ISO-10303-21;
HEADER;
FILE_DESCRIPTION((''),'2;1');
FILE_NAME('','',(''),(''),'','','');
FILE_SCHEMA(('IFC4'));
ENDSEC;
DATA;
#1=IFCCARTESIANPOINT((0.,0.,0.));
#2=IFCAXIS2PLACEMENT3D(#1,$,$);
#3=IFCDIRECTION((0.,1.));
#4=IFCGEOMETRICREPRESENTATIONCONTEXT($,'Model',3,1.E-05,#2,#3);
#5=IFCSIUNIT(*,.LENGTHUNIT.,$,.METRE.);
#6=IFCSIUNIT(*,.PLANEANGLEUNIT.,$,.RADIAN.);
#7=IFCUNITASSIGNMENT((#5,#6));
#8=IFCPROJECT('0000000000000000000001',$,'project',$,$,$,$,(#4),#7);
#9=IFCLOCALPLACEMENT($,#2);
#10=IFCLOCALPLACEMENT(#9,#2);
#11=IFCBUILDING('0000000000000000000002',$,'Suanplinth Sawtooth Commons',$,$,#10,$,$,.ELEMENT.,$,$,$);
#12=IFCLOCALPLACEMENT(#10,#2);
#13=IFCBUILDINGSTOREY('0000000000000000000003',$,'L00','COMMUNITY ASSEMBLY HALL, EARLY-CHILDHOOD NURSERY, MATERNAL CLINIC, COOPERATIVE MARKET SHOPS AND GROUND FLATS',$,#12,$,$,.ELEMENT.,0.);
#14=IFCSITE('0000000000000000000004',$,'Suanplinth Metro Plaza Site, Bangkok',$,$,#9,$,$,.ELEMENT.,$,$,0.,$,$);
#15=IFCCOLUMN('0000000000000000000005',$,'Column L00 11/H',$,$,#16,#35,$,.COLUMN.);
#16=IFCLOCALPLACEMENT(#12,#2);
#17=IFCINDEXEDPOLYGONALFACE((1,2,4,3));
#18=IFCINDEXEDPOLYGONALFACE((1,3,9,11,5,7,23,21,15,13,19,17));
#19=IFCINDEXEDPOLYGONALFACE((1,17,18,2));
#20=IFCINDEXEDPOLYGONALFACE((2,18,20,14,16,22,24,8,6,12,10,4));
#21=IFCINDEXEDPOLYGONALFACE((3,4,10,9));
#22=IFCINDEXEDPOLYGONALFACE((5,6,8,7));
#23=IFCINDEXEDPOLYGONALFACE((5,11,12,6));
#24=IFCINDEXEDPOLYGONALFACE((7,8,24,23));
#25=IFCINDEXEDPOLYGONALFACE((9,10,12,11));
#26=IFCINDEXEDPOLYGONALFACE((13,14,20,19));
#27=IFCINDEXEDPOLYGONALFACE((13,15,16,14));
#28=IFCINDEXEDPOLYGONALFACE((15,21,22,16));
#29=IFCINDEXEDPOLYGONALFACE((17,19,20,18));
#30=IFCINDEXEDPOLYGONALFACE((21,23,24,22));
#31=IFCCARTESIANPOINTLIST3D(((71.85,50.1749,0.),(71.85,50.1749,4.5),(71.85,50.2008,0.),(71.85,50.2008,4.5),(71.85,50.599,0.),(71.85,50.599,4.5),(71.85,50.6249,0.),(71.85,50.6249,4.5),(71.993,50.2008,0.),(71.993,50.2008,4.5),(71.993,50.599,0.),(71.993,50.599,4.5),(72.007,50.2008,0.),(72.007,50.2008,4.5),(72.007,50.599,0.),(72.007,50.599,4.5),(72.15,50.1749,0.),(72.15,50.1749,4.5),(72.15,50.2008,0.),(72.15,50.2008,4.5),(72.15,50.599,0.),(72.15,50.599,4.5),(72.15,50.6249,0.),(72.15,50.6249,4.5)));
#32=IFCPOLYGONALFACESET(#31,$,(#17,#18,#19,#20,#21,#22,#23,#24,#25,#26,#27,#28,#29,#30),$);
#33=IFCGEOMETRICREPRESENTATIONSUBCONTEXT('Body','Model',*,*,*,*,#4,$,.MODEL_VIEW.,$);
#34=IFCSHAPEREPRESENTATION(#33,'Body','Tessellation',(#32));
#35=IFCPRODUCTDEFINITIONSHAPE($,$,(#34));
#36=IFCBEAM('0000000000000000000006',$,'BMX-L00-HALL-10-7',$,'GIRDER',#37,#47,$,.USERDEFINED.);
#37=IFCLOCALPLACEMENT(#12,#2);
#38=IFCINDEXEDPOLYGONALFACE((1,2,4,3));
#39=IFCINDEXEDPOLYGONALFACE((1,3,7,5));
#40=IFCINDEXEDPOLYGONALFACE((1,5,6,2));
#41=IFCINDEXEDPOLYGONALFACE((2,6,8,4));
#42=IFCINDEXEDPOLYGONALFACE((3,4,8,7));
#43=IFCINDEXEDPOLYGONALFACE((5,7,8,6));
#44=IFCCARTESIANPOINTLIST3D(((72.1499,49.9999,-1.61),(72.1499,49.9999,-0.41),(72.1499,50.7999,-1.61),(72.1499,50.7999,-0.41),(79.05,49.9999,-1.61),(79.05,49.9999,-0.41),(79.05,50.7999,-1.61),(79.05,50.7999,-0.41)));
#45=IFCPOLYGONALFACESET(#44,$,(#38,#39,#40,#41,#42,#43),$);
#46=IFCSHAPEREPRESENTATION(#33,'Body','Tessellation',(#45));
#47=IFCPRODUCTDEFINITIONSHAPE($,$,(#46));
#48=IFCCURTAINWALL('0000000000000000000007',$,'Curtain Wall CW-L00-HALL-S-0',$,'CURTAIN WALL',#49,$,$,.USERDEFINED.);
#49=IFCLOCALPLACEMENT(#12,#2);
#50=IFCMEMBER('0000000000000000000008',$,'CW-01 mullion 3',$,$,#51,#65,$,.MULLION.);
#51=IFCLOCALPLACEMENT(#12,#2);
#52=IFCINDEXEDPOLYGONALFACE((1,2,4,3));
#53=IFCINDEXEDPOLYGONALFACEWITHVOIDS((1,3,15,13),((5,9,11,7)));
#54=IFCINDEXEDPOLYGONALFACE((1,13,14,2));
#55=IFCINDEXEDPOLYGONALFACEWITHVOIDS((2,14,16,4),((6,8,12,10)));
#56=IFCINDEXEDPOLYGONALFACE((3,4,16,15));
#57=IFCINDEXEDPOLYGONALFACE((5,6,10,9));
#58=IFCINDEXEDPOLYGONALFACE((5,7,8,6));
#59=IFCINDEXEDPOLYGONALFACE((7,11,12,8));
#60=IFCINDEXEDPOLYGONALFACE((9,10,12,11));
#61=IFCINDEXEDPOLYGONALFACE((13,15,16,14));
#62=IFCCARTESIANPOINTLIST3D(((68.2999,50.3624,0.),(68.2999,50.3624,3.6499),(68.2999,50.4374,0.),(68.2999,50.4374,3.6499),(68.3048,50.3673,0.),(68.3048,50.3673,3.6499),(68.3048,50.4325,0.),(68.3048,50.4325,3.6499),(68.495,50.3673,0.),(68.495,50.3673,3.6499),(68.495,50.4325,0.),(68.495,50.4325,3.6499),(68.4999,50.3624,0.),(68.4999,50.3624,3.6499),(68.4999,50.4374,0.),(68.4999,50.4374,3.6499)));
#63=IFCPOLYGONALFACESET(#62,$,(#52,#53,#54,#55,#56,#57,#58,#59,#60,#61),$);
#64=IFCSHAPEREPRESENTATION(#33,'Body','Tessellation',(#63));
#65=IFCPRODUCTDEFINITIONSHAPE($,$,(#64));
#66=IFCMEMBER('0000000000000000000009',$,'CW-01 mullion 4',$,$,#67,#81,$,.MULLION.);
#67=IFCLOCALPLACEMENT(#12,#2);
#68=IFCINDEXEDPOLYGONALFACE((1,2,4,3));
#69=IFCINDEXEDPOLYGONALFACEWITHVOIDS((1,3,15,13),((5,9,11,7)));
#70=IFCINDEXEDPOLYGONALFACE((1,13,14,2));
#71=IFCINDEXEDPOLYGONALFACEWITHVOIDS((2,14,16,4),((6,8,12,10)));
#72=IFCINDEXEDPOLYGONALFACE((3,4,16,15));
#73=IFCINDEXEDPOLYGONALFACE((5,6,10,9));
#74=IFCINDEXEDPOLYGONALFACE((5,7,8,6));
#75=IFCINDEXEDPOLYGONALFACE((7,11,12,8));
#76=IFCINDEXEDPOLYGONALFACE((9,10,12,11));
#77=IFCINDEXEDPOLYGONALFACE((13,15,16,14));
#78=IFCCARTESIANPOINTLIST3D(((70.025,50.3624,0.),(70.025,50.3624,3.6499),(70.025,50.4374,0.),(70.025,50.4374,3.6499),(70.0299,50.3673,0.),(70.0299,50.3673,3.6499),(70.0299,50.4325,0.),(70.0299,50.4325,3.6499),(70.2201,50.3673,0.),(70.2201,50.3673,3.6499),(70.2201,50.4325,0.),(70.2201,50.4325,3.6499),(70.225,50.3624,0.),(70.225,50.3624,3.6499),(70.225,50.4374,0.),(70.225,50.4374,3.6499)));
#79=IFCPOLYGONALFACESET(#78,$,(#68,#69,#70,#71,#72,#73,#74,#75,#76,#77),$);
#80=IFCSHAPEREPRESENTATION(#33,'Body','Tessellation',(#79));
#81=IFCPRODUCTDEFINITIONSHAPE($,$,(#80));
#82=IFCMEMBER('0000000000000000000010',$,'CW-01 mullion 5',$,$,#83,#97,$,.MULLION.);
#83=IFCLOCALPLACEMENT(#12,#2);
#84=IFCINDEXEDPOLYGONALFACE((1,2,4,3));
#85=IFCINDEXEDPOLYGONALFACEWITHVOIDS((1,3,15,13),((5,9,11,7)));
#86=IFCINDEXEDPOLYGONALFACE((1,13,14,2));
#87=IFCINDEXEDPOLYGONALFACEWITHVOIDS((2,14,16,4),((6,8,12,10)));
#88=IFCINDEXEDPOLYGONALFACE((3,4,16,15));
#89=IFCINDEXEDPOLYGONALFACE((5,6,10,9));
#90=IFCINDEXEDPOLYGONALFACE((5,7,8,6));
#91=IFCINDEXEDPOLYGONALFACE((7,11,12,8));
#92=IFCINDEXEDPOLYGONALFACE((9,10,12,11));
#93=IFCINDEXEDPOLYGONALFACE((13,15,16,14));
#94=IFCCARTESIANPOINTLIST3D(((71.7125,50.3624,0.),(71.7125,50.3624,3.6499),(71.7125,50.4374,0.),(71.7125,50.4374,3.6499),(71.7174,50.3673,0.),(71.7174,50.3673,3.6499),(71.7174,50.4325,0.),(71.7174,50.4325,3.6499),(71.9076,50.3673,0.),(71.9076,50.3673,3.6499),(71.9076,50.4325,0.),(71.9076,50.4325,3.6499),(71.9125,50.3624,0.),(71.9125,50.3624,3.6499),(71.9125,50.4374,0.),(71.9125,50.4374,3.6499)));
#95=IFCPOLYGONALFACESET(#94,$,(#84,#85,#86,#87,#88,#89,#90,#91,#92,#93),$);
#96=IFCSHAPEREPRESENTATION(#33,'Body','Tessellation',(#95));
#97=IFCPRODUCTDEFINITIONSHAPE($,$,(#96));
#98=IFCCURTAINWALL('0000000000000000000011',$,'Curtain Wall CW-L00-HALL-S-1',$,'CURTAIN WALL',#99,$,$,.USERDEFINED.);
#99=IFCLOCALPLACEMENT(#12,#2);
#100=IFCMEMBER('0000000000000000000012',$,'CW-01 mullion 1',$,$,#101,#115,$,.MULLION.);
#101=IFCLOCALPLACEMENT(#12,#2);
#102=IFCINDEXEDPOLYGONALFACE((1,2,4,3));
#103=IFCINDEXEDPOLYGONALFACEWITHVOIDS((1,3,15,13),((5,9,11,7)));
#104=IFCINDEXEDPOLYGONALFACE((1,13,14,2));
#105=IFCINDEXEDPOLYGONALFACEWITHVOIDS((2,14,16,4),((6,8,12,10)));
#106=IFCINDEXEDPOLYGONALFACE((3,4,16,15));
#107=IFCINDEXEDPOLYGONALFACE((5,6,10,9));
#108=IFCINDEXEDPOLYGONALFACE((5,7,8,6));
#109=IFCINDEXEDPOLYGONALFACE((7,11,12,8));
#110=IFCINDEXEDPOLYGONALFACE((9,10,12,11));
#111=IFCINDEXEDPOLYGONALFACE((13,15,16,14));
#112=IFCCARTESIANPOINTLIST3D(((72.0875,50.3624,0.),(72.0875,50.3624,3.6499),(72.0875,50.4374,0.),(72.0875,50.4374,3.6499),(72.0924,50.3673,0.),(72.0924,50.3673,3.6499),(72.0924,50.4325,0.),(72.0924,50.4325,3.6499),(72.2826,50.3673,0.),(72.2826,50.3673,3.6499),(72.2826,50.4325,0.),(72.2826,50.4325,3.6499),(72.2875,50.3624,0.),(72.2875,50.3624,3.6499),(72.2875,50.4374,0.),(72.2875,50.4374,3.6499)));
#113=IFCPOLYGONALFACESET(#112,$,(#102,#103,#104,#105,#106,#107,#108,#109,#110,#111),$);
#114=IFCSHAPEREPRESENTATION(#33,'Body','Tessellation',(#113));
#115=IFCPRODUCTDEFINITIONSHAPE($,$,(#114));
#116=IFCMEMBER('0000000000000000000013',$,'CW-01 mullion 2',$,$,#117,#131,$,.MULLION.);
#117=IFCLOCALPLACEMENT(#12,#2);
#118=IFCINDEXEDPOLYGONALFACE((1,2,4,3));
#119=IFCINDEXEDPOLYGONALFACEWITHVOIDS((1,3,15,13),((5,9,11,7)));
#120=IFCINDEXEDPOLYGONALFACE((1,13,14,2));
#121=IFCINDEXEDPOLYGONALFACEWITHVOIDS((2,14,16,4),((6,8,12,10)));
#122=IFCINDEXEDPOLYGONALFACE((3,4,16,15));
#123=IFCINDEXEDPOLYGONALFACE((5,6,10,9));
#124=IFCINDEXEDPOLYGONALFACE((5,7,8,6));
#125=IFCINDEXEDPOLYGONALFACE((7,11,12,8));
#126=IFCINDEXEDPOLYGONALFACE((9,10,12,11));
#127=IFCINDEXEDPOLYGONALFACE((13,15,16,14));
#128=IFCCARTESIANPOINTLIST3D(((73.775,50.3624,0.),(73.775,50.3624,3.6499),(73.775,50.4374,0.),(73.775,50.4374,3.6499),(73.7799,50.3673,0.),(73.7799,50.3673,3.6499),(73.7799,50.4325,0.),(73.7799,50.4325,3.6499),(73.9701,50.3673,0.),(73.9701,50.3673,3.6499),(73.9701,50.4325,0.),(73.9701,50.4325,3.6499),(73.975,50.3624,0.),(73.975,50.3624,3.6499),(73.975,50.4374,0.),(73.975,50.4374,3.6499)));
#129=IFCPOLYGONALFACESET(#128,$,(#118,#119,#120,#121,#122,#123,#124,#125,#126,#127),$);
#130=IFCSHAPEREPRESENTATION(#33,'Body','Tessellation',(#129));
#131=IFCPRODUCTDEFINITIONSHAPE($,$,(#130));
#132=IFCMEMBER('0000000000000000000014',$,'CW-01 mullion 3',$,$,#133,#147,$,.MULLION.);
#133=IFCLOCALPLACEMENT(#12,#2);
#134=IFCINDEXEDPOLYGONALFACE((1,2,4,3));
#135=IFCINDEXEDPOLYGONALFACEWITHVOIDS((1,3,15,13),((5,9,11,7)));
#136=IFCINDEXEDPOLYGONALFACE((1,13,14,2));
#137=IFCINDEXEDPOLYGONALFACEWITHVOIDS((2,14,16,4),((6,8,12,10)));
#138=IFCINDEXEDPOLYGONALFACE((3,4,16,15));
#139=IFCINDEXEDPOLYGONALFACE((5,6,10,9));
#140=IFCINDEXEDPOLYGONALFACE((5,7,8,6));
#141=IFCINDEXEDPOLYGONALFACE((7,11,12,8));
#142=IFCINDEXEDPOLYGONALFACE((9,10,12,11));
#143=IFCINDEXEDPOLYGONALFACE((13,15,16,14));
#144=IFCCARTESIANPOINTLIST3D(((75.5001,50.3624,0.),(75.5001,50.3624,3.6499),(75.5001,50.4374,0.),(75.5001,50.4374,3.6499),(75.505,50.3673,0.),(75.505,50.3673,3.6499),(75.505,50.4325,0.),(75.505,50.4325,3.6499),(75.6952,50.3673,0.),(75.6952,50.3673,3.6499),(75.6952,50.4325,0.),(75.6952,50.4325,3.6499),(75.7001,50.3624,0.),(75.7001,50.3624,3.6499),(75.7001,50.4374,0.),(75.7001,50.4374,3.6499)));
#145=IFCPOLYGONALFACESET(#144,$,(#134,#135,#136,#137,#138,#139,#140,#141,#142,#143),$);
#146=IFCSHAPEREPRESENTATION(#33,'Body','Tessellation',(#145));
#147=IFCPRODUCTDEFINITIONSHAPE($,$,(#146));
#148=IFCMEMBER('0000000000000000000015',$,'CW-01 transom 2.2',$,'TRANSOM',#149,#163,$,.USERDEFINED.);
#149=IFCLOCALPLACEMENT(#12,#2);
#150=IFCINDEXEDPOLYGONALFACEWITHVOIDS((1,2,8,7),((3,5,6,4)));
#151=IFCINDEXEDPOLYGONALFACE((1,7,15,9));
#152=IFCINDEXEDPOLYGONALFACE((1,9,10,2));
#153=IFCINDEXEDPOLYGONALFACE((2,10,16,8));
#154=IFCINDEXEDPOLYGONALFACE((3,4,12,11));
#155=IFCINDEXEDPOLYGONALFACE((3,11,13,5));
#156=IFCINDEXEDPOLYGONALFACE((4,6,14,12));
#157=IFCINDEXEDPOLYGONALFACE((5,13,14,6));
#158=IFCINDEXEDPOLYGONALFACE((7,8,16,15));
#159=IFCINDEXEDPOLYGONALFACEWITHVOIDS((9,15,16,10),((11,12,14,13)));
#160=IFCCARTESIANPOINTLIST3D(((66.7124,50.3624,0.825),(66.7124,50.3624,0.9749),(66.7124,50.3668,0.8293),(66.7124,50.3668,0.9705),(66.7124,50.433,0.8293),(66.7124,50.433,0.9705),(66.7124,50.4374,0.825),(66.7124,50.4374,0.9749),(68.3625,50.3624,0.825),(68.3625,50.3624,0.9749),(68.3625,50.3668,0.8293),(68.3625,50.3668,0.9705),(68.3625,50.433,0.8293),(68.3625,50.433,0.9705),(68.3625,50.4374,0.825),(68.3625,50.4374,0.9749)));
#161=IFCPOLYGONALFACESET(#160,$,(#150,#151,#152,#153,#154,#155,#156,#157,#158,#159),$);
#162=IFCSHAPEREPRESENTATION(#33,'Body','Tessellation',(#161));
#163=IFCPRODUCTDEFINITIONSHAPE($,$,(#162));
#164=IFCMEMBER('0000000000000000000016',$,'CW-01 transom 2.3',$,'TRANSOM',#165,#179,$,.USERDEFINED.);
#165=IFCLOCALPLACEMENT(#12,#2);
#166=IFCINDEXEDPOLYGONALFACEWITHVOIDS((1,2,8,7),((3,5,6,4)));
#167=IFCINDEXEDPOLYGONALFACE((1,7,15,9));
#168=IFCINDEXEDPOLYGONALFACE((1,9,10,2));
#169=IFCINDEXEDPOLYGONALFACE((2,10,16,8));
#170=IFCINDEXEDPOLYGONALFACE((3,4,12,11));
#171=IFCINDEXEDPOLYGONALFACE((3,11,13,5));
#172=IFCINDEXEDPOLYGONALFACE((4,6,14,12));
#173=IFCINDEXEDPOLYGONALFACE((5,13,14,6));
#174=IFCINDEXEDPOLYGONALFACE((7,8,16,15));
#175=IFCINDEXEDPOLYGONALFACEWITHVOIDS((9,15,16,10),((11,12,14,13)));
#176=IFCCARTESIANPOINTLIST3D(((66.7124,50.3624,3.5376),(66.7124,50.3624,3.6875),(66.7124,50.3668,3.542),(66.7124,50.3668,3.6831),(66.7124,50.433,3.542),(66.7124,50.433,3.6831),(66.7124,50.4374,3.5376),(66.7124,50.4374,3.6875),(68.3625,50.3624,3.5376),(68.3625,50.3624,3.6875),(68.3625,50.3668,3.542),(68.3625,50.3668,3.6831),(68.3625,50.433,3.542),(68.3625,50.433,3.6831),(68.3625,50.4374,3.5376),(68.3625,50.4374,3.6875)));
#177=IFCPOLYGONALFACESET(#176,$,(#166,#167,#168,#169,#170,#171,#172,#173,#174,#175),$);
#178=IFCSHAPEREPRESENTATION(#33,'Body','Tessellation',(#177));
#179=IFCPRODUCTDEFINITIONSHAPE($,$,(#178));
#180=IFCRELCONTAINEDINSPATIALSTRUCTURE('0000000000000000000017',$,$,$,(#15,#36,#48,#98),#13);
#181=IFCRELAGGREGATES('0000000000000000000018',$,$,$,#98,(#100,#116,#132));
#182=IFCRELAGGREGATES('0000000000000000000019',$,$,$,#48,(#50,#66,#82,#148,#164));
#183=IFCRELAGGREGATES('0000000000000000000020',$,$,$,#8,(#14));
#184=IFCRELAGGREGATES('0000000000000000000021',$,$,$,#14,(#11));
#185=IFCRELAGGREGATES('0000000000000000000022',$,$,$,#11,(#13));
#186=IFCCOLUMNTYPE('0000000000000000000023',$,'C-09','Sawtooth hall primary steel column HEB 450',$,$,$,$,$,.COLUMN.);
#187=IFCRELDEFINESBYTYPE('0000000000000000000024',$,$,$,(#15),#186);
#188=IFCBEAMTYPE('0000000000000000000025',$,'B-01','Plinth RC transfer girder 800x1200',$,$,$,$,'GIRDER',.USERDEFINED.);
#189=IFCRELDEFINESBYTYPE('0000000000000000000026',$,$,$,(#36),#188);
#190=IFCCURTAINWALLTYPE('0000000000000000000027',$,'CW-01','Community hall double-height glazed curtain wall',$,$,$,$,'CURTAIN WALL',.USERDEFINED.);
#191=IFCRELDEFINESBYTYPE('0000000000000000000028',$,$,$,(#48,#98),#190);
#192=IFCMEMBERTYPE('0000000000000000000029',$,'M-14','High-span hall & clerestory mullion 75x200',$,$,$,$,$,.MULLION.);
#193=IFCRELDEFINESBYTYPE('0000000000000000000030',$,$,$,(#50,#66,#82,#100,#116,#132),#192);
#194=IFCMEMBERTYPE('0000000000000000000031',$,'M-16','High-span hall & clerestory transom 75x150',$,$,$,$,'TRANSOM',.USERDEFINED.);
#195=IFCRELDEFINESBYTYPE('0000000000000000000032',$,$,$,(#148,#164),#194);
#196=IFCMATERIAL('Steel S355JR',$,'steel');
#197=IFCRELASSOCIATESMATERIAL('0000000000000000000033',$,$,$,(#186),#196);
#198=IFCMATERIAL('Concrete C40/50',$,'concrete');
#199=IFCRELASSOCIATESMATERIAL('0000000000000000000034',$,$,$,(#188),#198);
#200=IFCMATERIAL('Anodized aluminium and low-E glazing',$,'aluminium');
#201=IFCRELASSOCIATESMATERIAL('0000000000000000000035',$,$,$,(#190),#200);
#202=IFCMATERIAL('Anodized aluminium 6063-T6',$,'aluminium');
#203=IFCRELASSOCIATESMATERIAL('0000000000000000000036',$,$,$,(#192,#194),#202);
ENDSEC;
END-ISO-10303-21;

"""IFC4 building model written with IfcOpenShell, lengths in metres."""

from ifc_helpers import new_model, si_unit, direction, frame, origin, origin_2d, place, context, subcontext, project, spatial, rectangle, hollow_rectangle, i_section, extrude, material, material_profile, profile_set, type_object, element, aggregate, save


model = new_model("IFC4")

# Units and contexts
model_context = context("Model", 3, precision=1e-05, world=origin(), true_north=direction((0.0, 1.0)))
body_context = subcontext(model_context, "Body", "Model", "MODEL_VIEW")
ifc_project = project(units=[si_unit("LENGTHUNIT", "METRE"), si_unit("PLANEANGLEUNIT", "RADIAN")], contexts=[model_context])

# Site, building, storey
site_placement = place(None, origin())
site = spatial("IfcSite", under=ifc_project, at=site_placement, Name="Suanplinth Metro Plaza Site, Bangkok", CompositionType="ELEMENT", RefElevation=0.0)
building_placement = place(site_placement, origin())
building = spatial("IfcBuilding", under=site, at=building_placement, Name="Suanplinth Sawtooth Commons", CompositionType="ELEMENT")
storey_placement = place(building_placement, origin())
storey = spatial("IfcBuildingStorey", under=building, at=storey_placement, Name="L00", Description="COMMUNITY ASSEMBLY HALL, EARLY-CHILDHOOD NURSERY, MATERNAL CLINIC, COOPERATIVE MARKET SHOPS AND GROUND FLATS", CompositionType="ELEMENT", Elevation=0.0)

# Column
ifc_material_1 = material(Name="Steel S355JR", Category="steel")
ifc_material_profile_1 = material_profile(ifc_material_1, i_section(OverallWidth=0.3, OverallDepth=0.45, WebThickness=0.0139, FlangeThickness=0.0259, at=origin_2d()), Name="HEB 450")
ifc_profile_set_1 = profile_set([ifc_material_profile_1], Name="Steel S355JR")
column_type = type_object("IfcColumnType", Name="C-09", Description="Sawtooth hall primary steel column HEB 450", PredefinedType="COLUMN", material=ifc_profile_set_1)
column_placement = place(storey_placement, frame((72.0, 50.3999, 0.0), z_axis=(0.0, 0.0, 1.0), x_axis=(1.0, 0.0, 0.0)))
element("IfcColumn", 1, at=column_placement, inside=storey, type_object=column_type, Name="Column L00 11/H", PredefinedType="COLUMN", context=body_context, shape_type="SweptSolid", body=[
    extrude(i_section(OverallWidth=0.3, OverallDepth=0.45, WebThickness=0.0139, FlangeThickness=0.0259, at=origin_2d()), origin(), (0.0, 0.0, 1.0), 4.5),
])

# Beam
ifc_material_2 = material(Name="Concrete C40/50", Category="concrete")
ifc_material_profile_2 = material_profile(ifc_material_2, rectangle(XDim=0.8, YDim=1.2, at=origin_2d()), Name="RC-TG 800x1200")
ifc_profile_set_2 = profile_set([ifc_material_profile_2], Name="Concrete C40/50")
beam_type = type_object("IfcBeamType", Name="B-01", Description="Plinth RC transfer girder 800x1200", ElementType="GIRDER", PredefinedType="USERDEFINED", material=ifc_profile_set_2)
beam_placement = place(storey_placement, frame((72.1499, 50.3999, -1.01), z_axis=(1.0, 0.0, 0.0), x_axis=(0.0, 1.0, 0.0)))
element("IfcBeam", 2, at=beam_placement, inside=storey, type_object=beam_type, Name="BMX-L00-HALL-10-7", ObjectType="GIRDER", PredefinedType="USERDEFINED", context=body_context, shape_type="SweptSolid", body=[
    extrude(rectangle(XDim=0.8, YDim=1.2, at=origin_2d()), origin(), (0.0, 0.0, 1.0), 6.9001),
])

# Curtain walls, members
ifc_material_3 = material(Name="Anodized aluminium and low-E glazing", Category="aluminium")
curtain_wall_type = type_object("IfcCurtainWallType", Name="CW-01", Description="Community hall double-height glazed curtain wall", ElementType="CURTAIN WALL", PredefinedType="USERDEFINED", material=ifc_material_3)
curtain_wall_1_placement = place(storey_placement, origin())
curtain_wall_1 = element("IfcCurtainWall", 3, at=curtain_wall_1_placement, inside=storey, type_object=curtain_wall_type, Name="Curtain Wall CW-L00-HALL-S-0", ObjectType="CURTAIN WALL", PredefinedType="USERDEFINED")
ifc_material_4 = material(Name="Anodized aluminium 6063-T6", Category="aluminium")
ifc_material_profile_3 = material_profile(ifc_material_4, hollow_rectangle(XDim=0.075, YDim=0.2, WallThickness=0.0049, at=origin_2d()), Name="ALU-MUL 75x200")
ifc_profile_set_3 = profile_set([ifc_material_profile_3], Name="Anodized aluminium 6063-T6")
member_type_1 = type_object("IfcMemberType", Name="M-14", Description="High-span hall & clerestory mullion 75x200", PredefinedType="MULLION", material=ifc_profile_set_3)
member_1_placement = place(storey_placement, frame((68.3999, 50.3999, 0.0), z_axis=(0.0, 0.0, 1.0), x_axis=(0.0, 1.0, 0.0)))
member_1 = element("IfcMember", 4, at=member_1_placement, type_object=member_type_1, Name="CW-01 mullion 3", PredefinedType="MULLION", context=body_context, shape_type="SweptSolid", body=[
    extrude(hollow_rectangle(XDim=0.075, YDim=0.2, WallThickness=0.0049, at=origin_2d()), origin(), (0.0, 0.0, 1.0), 3.6499),
])
member_2_placement = place(storey_placement, frame((70.125, 50.3999, 0.0), z_axis=(0.0, 0.0, 1.0), x_axis=(0.0, 1.0, 0.0)))
member_2 = element("IfcMember", 5, at=member_2_placement, type_object=member_type_1, Name="CW-01 mullion 4", PredefinedType="MULLION", context=body_context, shape_type="SweptSolid", body=[
    extrude(hollow_rectangle(XDim=0.075, YDim=0.2, WallThickness=0.0049, at=origin_2d()), origin(), (0.0, 0.0, 1.0), 3.6499),
])
member_3_placement = place(storey_placement, frame((71.8125, 50.3999, 0.0), z_axis=(0.0, 0.0, 1.0), x_axis=(0.0, 1.0, 0.0)))
member_3 = element("IfcMember", 6, at=member_3_placement, type_object=member_type_1, Name="CW-01 mullion 5", PredefinedType="MULLION", context=body_context, shape_type="SweptSolid", body=[
    extrude(hollow_rectangle(XDim=0.075, YDim=0.2, WallThickness=0.0049, at=origin_2d()), origin(), (0.0, 0.0, 1.0), 3.6499),
])
curtain_wall_2_placement = place(storey_placement, origin())
curtain_wall_2 = element("IfcCurtainWall", 7, at=curtain_wall_2_placement, inside=storey, type_object=curtain_wall_type, Name="Curtain Wall CW-L00-HALL-S-1", ObjectType="CURTAIN WALL", PredefinedType="USERDEFINED")
member_4_placement = place(storey_placement, frame((72.1875, 50.3999, 0.0), z_axis=(0.0, 0.0, 1.0), x_axis=(0.0, 1.0, 0.0)))
member_4 = element("IfcMember", 8, at=member_4_placement, type_object=member_type_1, Name="CW-01 mullion 1", PredefinedType="MULLION", context=body_context, shape_type="SweptSolid", body=[
    extrude(hollow_rectangle(XDim=0.075, YDim=0.2, WallThickness=0.0049, at=origin_2d()), origin(), (0.0, 0.0, 1.0), 3.6499),
])
member_5_placement = place(storey_placement, frame((73.875, 50.3999, 0.0), z_axis=(0.0, 0.0, 1.0), x_axis=(0.0, 1.0, 0.0)))
member_5 = element("IfcMember", 9, at=member_5_placement, type_object=member_type_1, Name="CW-01 mullion 2", PredefinedType="MULLION", context=body_context, shape_type="SweptSolid", body=[
    extrude(hollow_rectangle(XDim=0.075, YDim=0.2, WallThickness=0.0049, at=origin_2d()), origin(), (0.0, 0.0, 1.0), 3.6499),
])
member_6_placement = place(storey_placement, frame((75.6001, 50.3999, 0.0), z_axis=(0.0, 0.0, 1.0), x_axis=(0.0, 1.0, 0.0)))
member_6 = element("IfcMember", 10, at=member_6_placement, type_object=member_type_1, Name="CW-01 mullion 3", PredefinedType="MULLION", context=body_context, shape_type="SweptSolid", body=[
    extrude(hollow_rectangle(XDim=0.075, YDim=0.2, WallThickness=0.0049, at=origin_2d()), origin(), (0.0, 0.0, 1.0), 3.6499),
])

# Members
ifc_material_profile_4 = material_profile(ifc_material_4, hollow_rectangle(XDim=0.075, YDim=0.1499, WallThickness=0.0044, at=origin_2d()), Name="ALU-TRN 75x150")
ifc_profile_set_4 = profile_set([ifc_material_profile_4], Name="Anodized aluminium 6063-T6")
member_type_2 = type_object("IfcMemberType", Name="M-16", Description="High-span hall & clerestory transom 75x150", ElementType="TRANSOM", PredefinedType="USERDEFINED", material=ifc_profile_set_4)
member_7_placement = place(storey_placement, frame((66.7124, 50.3999, 0.8999), z_axis=(1.0, 0.0, 0.0), x_axis=(0.0, 1.0, 0.0)))
member_7 = element("IfcMember", 11, at=member_7_placement, type_object=member_type_2, Name="CW-01 transom 2.2", ObjectType="TRANSOM", PredefinedType="USERDEFINED", context=body_context, shape_type="SweptSolid", body=[
    extrude(hollow_rectangle(XDim=0.075, YDim=0.1499, WallThickness=0.0044, at=origin_2d()), origin(), (0.0, 0.0, 1.0), 1.6501),
])
member_8_placement = place(storey_placement, frame((66.7124, 50.3999, 3.6125), z_axis=(1.0, 0.0, 0.0), x_axis=(0.0, 1.0, 0.0)))
member_8 = element("IfcMember", 12, at=member_8_placement, type_object=member_type_2, Name="CW-01 transom 2.3", ObjectType="TRANSOM", PredefinedType="USERDEFINED", context=body_context, shape_type="SweptSolid", body=[
    extrude(hollow_rectangle(XDim=0.075, YDim=0.1499, WallThickness=0.0044, at=origin_2d()), origin(), (0.0, 0.0, 1.0), 1.6501),
])

aggregate(curtain_wall_2, [member_4, member_5, member_6])
aggregate(curtain_wall_1, [member_1, member_2, member_3, member_7, member_8])

save(model, "model.ifc")
